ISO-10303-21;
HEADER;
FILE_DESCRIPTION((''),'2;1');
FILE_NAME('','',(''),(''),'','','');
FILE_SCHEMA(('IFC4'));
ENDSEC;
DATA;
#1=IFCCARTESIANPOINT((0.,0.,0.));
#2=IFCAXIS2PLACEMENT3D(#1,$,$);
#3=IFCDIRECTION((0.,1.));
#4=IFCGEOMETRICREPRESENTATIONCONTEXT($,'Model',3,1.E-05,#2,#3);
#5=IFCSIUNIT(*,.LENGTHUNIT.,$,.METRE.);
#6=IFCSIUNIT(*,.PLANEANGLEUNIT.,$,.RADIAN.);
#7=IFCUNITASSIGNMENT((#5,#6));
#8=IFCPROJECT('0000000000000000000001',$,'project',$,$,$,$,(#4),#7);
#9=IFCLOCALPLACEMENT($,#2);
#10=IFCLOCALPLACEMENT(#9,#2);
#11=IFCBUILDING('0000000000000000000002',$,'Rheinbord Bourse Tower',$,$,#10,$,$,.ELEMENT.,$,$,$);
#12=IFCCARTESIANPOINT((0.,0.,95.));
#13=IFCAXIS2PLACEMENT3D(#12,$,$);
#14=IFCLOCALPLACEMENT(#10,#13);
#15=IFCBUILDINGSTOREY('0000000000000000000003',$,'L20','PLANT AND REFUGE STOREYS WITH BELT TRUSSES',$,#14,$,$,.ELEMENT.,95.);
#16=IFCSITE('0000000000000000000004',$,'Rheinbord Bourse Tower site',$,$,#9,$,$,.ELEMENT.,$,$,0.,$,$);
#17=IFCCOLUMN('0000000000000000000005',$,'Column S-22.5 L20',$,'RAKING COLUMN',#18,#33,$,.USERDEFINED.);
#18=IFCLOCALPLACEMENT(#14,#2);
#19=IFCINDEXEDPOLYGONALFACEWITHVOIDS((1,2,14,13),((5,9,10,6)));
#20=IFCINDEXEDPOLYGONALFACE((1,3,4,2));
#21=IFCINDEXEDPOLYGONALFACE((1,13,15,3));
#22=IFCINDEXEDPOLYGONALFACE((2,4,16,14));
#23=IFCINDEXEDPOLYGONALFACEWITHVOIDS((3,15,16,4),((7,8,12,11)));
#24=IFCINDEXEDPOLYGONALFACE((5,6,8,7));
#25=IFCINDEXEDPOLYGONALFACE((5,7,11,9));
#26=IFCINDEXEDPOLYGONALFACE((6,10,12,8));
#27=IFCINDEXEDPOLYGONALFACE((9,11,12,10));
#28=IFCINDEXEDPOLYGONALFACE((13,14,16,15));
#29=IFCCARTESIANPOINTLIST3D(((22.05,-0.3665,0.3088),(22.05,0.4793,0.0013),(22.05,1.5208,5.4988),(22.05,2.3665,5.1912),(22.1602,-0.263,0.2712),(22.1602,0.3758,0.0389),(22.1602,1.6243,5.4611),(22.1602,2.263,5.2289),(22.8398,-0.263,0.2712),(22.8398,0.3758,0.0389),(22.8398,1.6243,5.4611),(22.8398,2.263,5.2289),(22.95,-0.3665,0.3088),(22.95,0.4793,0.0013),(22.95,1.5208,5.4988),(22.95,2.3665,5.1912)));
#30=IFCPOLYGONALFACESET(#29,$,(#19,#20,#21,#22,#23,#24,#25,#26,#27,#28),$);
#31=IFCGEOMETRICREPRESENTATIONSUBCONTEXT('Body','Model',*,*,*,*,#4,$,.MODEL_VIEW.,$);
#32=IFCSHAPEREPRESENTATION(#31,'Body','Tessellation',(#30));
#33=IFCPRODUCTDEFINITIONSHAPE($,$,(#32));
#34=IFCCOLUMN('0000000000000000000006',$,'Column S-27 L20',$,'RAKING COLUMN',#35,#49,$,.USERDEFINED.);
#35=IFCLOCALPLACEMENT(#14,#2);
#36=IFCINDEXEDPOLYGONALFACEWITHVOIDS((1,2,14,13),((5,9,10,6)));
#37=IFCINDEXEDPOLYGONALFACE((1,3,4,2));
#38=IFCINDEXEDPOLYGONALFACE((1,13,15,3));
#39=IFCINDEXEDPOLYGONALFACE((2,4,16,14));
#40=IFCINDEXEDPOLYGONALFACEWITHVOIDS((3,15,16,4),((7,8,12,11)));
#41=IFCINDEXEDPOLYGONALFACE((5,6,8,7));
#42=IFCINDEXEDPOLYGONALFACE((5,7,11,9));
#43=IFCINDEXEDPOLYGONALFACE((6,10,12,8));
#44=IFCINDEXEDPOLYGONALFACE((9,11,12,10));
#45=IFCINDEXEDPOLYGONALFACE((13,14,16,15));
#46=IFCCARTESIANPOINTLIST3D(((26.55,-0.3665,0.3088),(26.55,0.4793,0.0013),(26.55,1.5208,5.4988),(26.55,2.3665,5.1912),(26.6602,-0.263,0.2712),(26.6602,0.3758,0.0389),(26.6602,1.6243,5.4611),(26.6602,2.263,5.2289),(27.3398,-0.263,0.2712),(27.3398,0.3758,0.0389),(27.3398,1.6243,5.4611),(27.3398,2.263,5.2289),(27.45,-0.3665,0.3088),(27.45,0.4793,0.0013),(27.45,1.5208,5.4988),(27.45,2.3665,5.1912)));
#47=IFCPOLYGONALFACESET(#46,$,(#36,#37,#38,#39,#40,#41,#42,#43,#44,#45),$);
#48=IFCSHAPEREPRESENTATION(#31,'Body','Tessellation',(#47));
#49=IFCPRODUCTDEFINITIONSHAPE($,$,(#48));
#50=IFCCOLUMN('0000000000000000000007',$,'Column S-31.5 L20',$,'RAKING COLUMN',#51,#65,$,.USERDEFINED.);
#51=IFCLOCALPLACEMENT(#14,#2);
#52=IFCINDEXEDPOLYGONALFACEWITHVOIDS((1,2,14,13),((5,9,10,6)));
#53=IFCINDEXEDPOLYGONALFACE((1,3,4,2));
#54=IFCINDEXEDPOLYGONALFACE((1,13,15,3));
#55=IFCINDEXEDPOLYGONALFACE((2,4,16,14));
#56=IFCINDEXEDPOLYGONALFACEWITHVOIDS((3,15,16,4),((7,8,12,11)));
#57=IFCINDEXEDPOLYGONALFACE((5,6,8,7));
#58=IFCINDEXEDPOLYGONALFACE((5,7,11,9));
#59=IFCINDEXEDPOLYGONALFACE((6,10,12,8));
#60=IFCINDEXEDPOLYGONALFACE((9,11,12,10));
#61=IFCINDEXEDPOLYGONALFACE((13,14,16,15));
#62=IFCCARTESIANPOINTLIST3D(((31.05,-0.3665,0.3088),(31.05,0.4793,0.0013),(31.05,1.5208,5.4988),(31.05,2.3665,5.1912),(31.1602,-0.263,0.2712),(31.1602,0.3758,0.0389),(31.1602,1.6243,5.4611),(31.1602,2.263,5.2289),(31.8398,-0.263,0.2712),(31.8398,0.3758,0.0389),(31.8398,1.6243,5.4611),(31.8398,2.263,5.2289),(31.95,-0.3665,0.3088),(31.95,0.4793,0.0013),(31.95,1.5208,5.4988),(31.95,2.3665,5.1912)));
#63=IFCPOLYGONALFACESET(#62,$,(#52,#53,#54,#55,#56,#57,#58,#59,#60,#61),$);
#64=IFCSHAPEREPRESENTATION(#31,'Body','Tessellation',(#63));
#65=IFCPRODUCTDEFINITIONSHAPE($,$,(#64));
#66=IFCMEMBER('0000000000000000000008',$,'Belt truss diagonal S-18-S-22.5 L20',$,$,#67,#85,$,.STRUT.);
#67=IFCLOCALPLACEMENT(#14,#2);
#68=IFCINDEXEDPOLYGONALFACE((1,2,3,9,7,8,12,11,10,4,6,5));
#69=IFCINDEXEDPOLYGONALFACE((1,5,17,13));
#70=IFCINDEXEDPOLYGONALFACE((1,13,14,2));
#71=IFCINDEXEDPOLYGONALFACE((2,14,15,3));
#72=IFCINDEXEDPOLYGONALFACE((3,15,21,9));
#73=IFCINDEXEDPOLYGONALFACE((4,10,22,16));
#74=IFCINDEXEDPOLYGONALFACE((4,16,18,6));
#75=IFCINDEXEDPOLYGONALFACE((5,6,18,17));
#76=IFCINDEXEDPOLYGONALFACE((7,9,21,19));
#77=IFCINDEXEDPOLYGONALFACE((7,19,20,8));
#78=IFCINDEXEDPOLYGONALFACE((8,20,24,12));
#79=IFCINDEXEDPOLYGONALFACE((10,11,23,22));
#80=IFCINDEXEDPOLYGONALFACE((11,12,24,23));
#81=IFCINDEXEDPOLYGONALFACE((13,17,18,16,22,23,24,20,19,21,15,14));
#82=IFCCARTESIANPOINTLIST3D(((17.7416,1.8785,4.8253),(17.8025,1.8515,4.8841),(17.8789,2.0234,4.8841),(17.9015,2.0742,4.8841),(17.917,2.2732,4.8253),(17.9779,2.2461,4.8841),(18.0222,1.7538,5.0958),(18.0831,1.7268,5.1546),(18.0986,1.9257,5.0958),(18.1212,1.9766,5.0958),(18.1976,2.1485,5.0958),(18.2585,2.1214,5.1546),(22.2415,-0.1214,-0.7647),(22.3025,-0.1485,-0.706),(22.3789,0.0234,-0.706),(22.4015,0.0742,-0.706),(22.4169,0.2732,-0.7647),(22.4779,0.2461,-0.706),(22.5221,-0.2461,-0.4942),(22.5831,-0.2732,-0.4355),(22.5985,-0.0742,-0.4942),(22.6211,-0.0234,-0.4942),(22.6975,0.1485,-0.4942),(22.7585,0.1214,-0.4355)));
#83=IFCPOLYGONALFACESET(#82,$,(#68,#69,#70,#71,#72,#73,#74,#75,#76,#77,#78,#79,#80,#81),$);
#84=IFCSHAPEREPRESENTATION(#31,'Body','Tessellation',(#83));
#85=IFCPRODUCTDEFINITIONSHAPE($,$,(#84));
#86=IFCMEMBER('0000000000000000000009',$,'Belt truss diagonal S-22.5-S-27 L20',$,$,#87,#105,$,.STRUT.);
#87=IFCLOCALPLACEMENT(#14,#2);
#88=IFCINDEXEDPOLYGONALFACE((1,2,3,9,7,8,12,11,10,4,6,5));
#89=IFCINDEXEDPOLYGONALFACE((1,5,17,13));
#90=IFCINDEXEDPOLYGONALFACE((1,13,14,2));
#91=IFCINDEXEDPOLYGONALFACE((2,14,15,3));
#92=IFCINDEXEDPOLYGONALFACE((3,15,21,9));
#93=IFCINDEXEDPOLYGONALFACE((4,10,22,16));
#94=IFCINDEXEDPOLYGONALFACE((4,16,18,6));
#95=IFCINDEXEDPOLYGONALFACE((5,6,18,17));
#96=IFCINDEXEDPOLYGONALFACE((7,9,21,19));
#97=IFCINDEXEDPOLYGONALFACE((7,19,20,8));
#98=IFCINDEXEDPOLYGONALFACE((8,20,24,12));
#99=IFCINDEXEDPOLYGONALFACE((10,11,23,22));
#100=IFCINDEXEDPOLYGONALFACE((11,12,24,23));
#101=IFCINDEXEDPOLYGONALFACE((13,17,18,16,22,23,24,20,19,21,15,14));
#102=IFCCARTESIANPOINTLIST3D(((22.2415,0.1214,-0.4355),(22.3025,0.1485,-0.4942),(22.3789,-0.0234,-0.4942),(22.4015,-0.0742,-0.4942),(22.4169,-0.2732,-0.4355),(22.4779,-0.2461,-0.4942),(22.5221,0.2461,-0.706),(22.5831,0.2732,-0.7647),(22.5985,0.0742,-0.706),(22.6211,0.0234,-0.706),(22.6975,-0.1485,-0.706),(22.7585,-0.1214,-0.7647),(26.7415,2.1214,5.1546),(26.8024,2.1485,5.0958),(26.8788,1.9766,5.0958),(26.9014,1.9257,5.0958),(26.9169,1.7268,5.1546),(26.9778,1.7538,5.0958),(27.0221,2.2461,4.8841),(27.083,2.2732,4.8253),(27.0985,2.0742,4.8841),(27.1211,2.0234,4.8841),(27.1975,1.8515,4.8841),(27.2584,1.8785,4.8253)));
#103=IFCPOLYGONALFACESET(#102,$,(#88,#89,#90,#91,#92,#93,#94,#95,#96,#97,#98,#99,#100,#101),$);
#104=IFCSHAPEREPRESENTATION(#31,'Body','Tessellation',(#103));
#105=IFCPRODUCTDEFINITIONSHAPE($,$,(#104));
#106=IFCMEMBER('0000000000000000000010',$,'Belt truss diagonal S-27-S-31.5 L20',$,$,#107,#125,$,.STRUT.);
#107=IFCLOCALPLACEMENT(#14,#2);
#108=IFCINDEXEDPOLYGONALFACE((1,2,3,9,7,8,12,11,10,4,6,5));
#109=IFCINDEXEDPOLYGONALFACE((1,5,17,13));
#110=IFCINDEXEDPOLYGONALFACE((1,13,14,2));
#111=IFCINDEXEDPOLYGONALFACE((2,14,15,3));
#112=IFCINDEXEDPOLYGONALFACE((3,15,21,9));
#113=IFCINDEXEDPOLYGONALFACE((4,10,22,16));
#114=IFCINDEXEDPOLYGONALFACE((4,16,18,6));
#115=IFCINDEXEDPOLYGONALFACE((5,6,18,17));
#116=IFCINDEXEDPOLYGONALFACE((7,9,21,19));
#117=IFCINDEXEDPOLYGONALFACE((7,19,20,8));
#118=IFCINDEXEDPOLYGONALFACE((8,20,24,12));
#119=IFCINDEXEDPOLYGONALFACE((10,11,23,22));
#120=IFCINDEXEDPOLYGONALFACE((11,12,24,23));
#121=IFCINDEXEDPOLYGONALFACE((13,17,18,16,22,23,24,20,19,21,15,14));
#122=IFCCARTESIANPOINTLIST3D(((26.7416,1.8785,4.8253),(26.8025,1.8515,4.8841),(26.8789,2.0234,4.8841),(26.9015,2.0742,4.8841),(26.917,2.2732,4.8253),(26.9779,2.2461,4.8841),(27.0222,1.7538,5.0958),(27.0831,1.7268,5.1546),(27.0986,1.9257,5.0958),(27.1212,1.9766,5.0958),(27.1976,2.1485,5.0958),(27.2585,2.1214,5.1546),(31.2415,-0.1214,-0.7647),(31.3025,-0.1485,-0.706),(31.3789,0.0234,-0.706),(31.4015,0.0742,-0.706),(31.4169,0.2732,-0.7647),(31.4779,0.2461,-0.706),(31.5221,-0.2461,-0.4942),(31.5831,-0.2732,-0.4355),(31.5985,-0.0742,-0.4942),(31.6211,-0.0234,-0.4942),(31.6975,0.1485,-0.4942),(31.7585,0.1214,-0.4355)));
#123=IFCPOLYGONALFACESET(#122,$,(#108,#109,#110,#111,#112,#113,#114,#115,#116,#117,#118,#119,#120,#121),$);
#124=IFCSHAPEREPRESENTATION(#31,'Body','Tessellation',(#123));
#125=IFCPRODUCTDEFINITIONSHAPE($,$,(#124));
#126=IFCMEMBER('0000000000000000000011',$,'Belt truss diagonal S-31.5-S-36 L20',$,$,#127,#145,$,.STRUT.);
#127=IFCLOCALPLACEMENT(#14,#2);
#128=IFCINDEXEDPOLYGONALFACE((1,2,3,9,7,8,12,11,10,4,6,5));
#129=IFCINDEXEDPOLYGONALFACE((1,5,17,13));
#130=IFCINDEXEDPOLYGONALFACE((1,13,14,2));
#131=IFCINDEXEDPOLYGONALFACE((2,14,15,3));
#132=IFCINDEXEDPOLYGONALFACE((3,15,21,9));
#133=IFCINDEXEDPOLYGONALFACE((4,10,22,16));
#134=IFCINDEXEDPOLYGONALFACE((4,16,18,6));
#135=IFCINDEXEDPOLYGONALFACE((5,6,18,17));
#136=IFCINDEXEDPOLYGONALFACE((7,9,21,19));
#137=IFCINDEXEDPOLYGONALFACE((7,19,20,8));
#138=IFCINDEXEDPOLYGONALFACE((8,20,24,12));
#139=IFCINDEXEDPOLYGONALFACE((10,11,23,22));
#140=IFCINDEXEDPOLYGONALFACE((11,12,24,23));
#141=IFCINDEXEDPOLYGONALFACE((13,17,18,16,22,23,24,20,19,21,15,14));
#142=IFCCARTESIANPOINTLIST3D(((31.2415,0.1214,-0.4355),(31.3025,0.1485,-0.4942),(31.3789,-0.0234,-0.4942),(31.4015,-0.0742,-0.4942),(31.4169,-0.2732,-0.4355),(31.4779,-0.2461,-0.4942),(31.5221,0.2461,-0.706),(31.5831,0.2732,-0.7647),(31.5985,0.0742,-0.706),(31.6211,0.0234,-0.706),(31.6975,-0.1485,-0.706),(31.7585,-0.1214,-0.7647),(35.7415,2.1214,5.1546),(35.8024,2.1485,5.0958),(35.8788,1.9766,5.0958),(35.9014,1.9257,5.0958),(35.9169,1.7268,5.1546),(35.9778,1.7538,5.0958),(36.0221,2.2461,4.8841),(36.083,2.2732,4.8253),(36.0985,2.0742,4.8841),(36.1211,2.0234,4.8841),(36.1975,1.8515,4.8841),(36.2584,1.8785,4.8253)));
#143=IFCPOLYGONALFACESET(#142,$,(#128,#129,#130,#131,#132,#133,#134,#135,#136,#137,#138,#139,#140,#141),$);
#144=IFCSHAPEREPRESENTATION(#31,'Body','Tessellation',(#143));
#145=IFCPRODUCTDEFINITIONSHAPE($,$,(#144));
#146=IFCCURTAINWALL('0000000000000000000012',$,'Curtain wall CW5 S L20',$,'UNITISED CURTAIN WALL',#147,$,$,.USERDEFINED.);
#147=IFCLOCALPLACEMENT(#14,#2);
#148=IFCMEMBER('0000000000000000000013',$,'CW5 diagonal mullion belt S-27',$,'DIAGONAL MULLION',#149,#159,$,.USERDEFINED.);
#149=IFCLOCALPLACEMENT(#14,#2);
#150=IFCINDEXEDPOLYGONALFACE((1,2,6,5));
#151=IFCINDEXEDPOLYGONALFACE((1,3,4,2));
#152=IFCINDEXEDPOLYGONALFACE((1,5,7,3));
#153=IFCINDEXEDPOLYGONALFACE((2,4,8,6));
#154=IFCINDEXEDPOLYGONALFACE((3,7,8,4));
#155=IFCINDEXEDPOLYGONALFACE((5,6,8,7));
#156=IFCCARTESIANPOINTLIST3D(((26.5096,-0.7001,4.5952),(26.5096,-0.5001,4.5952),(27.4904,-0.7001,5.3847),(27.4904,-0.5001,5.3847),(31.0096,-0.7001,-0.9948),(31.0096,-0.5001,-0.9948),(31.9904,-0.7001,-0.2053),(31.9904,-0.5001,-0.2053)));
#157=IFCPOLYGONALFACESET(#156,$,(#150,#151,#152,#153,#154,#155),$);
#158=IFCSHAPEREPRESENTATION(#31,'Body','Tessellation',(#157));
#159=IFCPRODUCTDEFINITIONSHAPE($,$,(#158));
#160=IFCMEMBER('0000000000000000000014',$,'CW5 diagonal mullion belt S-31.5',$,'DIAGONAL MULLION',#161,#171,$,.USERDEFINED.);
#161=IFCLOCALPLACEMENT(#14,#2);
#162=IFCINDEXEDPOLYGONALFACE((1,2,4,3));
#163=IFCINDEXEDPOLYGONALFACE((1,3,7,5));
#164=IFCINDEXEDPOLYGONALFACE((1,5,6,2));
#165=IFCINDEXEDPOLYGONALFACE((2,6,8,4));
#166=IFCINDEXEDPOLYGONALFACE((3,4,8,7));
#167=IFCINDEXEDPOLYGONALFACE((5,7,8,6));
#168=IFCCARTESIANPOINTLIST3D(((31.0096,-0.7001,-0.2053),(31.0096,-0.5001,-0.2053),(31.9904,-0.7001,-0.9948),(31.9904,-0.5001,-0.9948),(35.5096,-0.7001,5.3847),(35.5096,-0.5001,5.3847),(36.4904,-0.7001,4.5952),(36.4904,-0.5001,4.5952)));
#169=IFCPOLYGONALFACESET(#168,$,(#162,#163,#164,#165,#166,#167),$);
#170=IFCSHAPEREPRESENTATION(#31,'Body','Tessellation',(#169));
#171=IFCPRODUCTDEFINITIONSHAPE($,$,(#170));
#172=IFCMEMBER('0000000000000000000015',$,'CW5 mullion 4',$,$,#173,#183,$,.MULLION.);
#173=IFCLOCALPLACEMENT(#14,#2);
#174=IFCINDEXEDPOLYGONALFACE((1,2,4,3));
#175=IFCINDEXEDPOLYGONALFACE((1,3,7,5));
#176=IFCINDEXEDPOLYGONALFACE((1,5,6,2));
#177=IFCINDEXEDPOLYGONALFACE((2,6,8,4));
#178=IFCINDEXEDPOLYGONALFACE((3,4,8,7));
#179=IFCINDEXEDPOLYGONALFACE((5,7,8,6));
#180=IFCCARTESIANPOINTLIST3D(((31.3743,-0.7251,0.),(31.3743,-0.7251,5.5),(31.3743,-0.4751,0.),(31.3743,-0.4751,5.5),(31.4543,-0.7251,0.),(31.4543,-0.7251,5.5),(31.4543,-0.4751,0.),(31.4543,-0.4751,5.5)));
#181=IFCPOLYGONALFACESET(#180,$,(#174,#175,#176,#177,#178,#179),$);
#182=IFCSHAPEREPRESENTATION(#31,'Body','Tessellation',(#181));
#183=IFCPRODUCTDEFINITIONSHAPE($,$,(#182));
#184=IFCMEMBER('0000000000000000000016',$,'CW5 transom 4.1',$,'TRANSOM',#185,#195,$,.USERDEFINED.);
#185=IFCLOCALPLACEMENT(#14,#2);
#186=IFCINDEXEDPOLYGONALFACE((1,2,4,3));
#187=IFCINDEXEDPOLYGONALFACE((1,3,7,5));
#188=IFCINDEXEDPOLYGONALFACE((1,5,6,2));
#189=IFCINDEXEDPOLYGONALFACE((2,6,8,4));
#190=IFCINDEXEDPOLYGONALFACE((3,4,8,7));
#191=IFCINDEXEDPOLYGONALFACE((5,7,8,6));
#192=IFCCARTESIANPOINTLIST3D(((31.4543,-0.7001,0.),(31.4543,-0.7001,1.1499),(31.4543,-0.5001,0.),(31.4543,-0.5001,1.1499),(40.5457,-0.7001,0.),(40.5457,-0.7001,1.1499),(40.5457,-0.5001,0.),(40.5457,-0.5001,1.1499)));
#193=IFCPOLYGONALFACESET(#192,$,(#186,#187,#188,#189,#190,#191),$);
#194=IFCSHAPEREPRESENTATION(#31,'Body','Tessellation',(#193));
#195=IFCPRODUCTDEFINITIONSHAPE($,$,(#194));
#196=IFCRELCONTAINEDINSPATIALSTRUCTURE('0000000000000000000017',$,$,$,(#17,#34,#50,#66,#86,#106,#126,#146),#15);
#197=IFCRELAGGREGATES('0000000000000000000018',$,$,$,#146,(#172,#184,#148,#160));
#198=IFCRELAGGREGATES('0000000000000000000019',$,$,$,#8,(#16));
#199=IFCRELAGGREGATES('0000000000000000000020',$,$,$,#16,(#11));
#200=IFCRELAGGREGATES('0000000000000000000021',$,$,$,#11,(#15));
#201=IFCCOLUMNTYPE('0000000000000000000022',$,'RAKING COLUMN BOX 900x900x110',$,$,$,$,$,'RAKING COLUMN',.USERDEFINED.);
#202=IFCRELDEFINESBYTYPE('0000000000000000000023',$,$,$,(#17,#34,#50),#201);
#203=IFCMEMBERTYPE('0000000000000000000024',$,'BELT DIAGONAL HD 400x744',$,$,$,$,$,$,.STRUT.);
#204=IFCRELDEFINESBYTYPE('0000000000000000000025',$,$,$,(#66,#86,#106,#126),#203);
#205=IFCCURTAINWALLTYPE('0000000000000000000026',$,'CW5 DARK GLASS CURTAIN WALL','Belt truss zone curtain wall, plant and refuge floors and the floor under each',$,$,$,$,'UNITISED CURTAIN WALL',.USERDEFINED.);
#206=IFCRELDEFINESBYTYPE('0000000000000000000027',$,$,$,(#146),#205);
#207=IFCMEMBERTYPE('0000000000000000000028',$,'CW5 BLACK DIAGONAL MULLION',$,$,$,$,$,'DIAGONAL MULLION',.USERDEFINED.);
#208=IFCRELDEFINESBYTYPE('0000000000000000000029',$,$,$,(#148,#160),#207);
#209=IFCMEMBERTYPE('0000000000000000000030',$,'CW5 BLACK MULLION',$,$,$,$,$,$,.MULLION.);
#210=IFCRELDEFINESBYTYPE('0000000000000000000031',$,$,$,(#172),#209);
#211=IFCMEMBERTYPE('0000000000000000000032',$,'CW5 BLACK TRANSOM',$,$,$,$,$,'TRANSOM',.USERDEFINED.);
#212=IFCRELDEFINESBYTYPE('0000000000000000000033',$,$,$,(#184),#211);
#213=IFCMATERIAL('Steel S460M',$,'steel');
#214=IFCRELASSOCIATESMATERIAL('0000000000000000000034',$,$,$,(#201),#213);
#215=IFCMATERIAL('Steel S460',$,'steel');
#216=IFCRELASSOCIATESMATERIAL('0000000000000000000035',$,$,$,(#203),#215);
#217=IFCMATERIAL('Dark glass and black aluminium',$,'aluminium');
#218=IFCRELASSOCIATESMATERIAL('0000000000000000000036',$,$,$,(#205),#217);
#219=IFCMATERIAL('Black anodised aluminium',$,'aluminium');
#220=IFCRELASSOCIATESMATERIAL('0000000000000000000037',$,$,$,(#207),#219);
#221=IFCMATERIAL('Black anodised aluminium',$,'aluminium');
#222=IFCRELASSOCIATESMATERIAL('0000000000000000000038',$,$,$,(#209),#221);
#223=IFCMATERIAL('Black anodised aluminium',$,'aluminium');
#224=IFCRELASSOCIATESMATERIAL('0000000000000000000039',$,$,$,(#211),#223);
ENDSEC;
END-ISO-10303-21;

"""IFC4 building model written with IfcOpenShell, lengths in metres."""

from ifc_helpers import new_model, si_unit, direction, frame, origin, origin_2d, place, context, subcontext, project, spatial, rectangle, hollow_rectangle, i_section, extrude, material, material_profile, profile_set, type_object, element, aggregate, save


model = new_model("IFC4")

# Units and contexts
model_context = context("Model", 3, precision=1e-05, world=origin(), true_north=direction((0.0, 1.0)))
body_context = subcontext(model_context, "Body", "Model", "MODEL_VIEW")
ifc_project = project(units=[si_unit("LENGTHUNIT", "METRE"), si_unit("PLANEANGLEUNIT", "RADIAN")], contexts=[model_context])

# Site, building, storey
site_placement = place(None, origin())
site = spatial("IfcSite", under=ifc_project, at=site_placement, Name="Rheinbord Bourse Tower site", CompositionType="ELEMENT", RefElevation=0.0)
building_placement = place(site_placement, origin())
building = spatial("IfcBuilding", under=site, at=building_placement, Name="Rheinbord Bourse Tower", CompositionType="ELEMENT")
storey_placement = place(building_placement, frame((0.0, 0.0, 95.0)))
storey = spatial("IfcBuildingStorey", under=building, at=storey_placement, Name="L20", Description="PLANT AND REFUGE STOREYS WITH BELT TRUSSES", CompositionType="ELEMENT", Elevation=95.0)

# Columns
ifc_material_1 = material(Name="Steel S460M", Category="steel")
ifc_material_profile_1 = material_profile(ifc_material_1, hollow_rectangle(XDim=0.8999, YDim=0.8999, WallThickness=0.1101, at=origin_2d()), Name="BOX 900x900x110")
ifc_profile_set_1 = profile_set([ifc_material_profile_1], Name="Steel S460M")
column_type = type_object("IfcColumnType", Name="RAKING COLUMN BOX 900x900x110", ElementType="RAKING COLUMN", PredefinedType="USERDEFINED", material=ifc_profile_set_1)
for number, where, z_axis, x_axis, name in (
    (1, (22.5, 0.0564, 0.155), (0.0, 0.341743, 0.939793), (0.0, -0.939793, 0.341743), "Column S-22.5 L20"),
    (2, (27.0, 0.0564, 0.155), (0.0, 0.341743, 0.939793), (0.0, -0.939793, 0.341743), "Column S-27 L20"),
    (3, (31.5, 0.0564, 0.155), (0.0, 0.341743, 0.939793), (0.0, -0.939793, 0.341743), "Column S-31.5 L20"),
):
    element("IfcColumn", number, at=place(storey_placement, frame(where, z_axis=z_axis, x_axis=x_axis)), inside=storey, type_object=column_type, Name=name, ObjectType="RAKING COLUMN", PredefinedType="USERDEFINED", context=body_context, shape_type="SweptSolid", body=[
        extrude(hollow_rectangle(XDim=0.8999, YDim=0.8999, WallThickness=0.1101, at=origin_2d()), origin(), (0.0, 0.0, 1.0), 5.5225),
    ])

# Members
ifc_material_2 = material(Name="Steel S460", Category="steel")
ifc_material_profile_2 = material_profile(ifc_material_2, i_section(OverallWidth=0.4319, OverallDepth=0.498, WebThickness=0.0557, FlangeThickness=0.0889, at=origin_2d()), Name="HD 400x744")
ifc_profile_set_2 = profile_set([ifc_material_profile_2], Name="Steel S460")
member_type_1 = type_object("IfcMemberType", Name="BELT DIAGONAL HD 400x744", PredefinedType="STRUT", material=ifc_profile_set_2)
for number, where, z_axis, x_axis, name in (
    (4, (22.5, 0.0, -0.6001), (-0.604045, 0.268465, 0.75037), (-0.406138, -0.913812, 0.0), "Belt truss diagonal S-18-S-22.5 L20"),
    (5, (22.5, 0.0, -0.6001), (0.604045, 0.268465, 0.75037), (-0.406138, 0.913812, 0.0), "Belt truss diagonal S-22.5-S-27 L20"),
    (6, (31.5, 0.0, -0.6001), (-0.604045, 0.268465, 0.75037), (-0.406138, -0.913812, 0.0), "Belt truss diagonal S-27-S-31.5 L20"),
    (7, (31.5, 0.0, -0.6001), (0.604045, 0.268465, 0.75037), (-0.406138, 0.913812, 0.0), "Belt truss diagonal S-31.5-S-36 L20"),
):
    element("IfcMember", number, at=place(storey_placement, frame(where, z_axis=z_axis, x_axis=x_axis)), inside=storey, type_object=member_type_1, Name=name, PredefinedType="STRUT", context=body_context, shape_type="SweptSolid", body=[
        extrude(i_section(OverallWidth=0.4319, OverallDepth=0.498, WebThickness=0.0557, FlangeThickness=0.0889, at=origin_2d()), origin(), (0.0, 0.0, 1.0), 7.4497),
    ])

# Curtain wall, members
ifc_material_3 = material(Name="Dark glass and black aluminium", Category="aluminium")
curtain_wall_type = type_object("IfcCurtainWallType", Name="CW5 DARK GLASS CURTAIN WALL", Description="Belt truss zone curtain wall, plant and refuge floors and the floor under each", ElementType="UNITISED CURTAIN WALL", PredefinedType="USERDEFINED", material=ifc_material_3)
curtain_wall_placement = place(storey_placement, origin())
curtain_wall = element("IfcCurtainWall", 8, at=curtain_wall_placement, inside=storey, type_object=curtain_wall_type, Name="Curtain wall CW5 S L20", ObjectType="UNITISED CURTAIN WALL", PredefinedType="USERDEFINED")
ifc_material_4 = material(Name="Black anodised aluminium", Category="aluminium")
ifc_material_profile_3 = material_profile(ifc_material_4, rectangle(XDim=0.2, YDim=1.259, at=origin_2d()), Name="CW5 DIAGONAL MULLION 1259x200")
ifc_profile_set_3 = profile_set([ifc_material_profile_3], Name="Black anodised aluminium")
member_type_2 = type_object("IfcMemberType", Name="CW5 BLACK DIAGONAL MULLION", ElementType="DIAGONAL MULLION", PredefinedType="USERDEFINED", material=ifc_profile_set_3)
member_1_placement = place(storey_placement, frame((31.5, -0.6001, -0.6001), z_axis=(-0.627065, 0.0, 0.778967), x_axis=(0.0, -1.0, 0.0)))
member_1 = element("IfcMember", 9, at=member_1_placement, type_object=member_type_2, Name="CW5 diagonal mullion belt S-27", ObjectType="DIAGONAL MULLION", PredefinedType="USERDEFINED", context=body_context, shape_type="SweptSolid", body=[
    extrude(rectangle(XDim=0.2, YDim=1.259, at=origin_2d()), origin(), (0.0, 0.0, 1.0), 7.1763),
])
member_2_placement = place(storey_placement, frame((31.5, -0.6001, -0.6001), z_axis=(0.627065, 0.0, 0.778967), x_axis=(0.0, 1.0, 0.0)))
member_2 = element("IfcMember", 10, at=member_2_placement, type_object=member_type_2, Name="CW5 diagonal mullion belt S-31.5", ObjectType="DIAGONAL MULLION", PredefinedType="USERDEFINED", context=body_context, shape_type="SweptSolid", body=[
    extrude(rectangle(XDim=0.2, YDim=1.259, at=origin_2d()), origin(), (0.0, 0.0, 1.0), 7.1763),
])
ifc_material_5 = material(Name="Black anodised aluminium", Category="aluminium")
ifc_material_profile_4 = material_profile(ifc_material_5, rectangle(XDim=0.25, YDim=0.0801, at=origin_2d()), Name="CW5 MULLION 80x250")
ifc_profile_set_4 = profile_set([ifc_material_profile_4], Name="Black anodised aluminium")
member_type_3 = type_object("IfcMemberType", Name="CW5 BLACK MULLION", PredefinedType="MULLION", material=ifc_profile_set_4)
member_3_placement = place(storey_placement, frame((31.4143, -0.6001, 0.0), z_axis=(0.0, 0.0, 1.0), x_axis=(0.0, 1.0, 0.0)))
member_3 = element("IfcMember", 11, at=member_3_placement, type_object=member_type_3, Name="CW5 mullion 4", PredefinedType="MULLION", context=body_context, shape_type="SweptSolid", body=[
    extrude(rectangle(XDim=0.25, YDim=0.0801, at=origin_2d()), origin(), (0.0, 0.0, 1.0), 5.5),
])
ifc_material_6 = material(Name="Black anodised aluminium", Category="aluminium")
ifc_material_profile_5 = material_profile(ifc_material_6, rectangle(XDim=0.2, YDim=1.1499, at=origin_2d()), Name="CW5 TRANSOM 1150x200")
ifc_profile_set_5 = profile_set([ifc_material_profile_5], Name="Black anodised aluminium")
member_type_4 = type_object("IfcMemberType", Name="CW5 BLACK TRANSOM", ElementType="TRANSOM", PredefinedType="USERDEFINED", material=ifc_profile_set_5)
member_4_placement = place(storey_placement, frame((31.4543, -0.6001, 0.575), z_axis=(1.0, 0.0, 0.0), x_axis=(0.0, 1.0, 0.0)))
member_4 = element("IfcMember", 12, at=member_4_placement, type_object=member_type_4, Name="CW5 transom 4.1", ObjectType="TRANSOM", PredefinedType="USERDEFINED", context=body_context, shape_type="SweptSolid", body=[
    extrude(rectangle(XDim=0.2, YDim=1.1499, at=origin_2d()), origin(), (0.0, 0.0, 1.0), 9.0913),
])

aggregate(curtain_wall, [member_3, member_4, member_1, member_2])

save(model, "model.ifc")
